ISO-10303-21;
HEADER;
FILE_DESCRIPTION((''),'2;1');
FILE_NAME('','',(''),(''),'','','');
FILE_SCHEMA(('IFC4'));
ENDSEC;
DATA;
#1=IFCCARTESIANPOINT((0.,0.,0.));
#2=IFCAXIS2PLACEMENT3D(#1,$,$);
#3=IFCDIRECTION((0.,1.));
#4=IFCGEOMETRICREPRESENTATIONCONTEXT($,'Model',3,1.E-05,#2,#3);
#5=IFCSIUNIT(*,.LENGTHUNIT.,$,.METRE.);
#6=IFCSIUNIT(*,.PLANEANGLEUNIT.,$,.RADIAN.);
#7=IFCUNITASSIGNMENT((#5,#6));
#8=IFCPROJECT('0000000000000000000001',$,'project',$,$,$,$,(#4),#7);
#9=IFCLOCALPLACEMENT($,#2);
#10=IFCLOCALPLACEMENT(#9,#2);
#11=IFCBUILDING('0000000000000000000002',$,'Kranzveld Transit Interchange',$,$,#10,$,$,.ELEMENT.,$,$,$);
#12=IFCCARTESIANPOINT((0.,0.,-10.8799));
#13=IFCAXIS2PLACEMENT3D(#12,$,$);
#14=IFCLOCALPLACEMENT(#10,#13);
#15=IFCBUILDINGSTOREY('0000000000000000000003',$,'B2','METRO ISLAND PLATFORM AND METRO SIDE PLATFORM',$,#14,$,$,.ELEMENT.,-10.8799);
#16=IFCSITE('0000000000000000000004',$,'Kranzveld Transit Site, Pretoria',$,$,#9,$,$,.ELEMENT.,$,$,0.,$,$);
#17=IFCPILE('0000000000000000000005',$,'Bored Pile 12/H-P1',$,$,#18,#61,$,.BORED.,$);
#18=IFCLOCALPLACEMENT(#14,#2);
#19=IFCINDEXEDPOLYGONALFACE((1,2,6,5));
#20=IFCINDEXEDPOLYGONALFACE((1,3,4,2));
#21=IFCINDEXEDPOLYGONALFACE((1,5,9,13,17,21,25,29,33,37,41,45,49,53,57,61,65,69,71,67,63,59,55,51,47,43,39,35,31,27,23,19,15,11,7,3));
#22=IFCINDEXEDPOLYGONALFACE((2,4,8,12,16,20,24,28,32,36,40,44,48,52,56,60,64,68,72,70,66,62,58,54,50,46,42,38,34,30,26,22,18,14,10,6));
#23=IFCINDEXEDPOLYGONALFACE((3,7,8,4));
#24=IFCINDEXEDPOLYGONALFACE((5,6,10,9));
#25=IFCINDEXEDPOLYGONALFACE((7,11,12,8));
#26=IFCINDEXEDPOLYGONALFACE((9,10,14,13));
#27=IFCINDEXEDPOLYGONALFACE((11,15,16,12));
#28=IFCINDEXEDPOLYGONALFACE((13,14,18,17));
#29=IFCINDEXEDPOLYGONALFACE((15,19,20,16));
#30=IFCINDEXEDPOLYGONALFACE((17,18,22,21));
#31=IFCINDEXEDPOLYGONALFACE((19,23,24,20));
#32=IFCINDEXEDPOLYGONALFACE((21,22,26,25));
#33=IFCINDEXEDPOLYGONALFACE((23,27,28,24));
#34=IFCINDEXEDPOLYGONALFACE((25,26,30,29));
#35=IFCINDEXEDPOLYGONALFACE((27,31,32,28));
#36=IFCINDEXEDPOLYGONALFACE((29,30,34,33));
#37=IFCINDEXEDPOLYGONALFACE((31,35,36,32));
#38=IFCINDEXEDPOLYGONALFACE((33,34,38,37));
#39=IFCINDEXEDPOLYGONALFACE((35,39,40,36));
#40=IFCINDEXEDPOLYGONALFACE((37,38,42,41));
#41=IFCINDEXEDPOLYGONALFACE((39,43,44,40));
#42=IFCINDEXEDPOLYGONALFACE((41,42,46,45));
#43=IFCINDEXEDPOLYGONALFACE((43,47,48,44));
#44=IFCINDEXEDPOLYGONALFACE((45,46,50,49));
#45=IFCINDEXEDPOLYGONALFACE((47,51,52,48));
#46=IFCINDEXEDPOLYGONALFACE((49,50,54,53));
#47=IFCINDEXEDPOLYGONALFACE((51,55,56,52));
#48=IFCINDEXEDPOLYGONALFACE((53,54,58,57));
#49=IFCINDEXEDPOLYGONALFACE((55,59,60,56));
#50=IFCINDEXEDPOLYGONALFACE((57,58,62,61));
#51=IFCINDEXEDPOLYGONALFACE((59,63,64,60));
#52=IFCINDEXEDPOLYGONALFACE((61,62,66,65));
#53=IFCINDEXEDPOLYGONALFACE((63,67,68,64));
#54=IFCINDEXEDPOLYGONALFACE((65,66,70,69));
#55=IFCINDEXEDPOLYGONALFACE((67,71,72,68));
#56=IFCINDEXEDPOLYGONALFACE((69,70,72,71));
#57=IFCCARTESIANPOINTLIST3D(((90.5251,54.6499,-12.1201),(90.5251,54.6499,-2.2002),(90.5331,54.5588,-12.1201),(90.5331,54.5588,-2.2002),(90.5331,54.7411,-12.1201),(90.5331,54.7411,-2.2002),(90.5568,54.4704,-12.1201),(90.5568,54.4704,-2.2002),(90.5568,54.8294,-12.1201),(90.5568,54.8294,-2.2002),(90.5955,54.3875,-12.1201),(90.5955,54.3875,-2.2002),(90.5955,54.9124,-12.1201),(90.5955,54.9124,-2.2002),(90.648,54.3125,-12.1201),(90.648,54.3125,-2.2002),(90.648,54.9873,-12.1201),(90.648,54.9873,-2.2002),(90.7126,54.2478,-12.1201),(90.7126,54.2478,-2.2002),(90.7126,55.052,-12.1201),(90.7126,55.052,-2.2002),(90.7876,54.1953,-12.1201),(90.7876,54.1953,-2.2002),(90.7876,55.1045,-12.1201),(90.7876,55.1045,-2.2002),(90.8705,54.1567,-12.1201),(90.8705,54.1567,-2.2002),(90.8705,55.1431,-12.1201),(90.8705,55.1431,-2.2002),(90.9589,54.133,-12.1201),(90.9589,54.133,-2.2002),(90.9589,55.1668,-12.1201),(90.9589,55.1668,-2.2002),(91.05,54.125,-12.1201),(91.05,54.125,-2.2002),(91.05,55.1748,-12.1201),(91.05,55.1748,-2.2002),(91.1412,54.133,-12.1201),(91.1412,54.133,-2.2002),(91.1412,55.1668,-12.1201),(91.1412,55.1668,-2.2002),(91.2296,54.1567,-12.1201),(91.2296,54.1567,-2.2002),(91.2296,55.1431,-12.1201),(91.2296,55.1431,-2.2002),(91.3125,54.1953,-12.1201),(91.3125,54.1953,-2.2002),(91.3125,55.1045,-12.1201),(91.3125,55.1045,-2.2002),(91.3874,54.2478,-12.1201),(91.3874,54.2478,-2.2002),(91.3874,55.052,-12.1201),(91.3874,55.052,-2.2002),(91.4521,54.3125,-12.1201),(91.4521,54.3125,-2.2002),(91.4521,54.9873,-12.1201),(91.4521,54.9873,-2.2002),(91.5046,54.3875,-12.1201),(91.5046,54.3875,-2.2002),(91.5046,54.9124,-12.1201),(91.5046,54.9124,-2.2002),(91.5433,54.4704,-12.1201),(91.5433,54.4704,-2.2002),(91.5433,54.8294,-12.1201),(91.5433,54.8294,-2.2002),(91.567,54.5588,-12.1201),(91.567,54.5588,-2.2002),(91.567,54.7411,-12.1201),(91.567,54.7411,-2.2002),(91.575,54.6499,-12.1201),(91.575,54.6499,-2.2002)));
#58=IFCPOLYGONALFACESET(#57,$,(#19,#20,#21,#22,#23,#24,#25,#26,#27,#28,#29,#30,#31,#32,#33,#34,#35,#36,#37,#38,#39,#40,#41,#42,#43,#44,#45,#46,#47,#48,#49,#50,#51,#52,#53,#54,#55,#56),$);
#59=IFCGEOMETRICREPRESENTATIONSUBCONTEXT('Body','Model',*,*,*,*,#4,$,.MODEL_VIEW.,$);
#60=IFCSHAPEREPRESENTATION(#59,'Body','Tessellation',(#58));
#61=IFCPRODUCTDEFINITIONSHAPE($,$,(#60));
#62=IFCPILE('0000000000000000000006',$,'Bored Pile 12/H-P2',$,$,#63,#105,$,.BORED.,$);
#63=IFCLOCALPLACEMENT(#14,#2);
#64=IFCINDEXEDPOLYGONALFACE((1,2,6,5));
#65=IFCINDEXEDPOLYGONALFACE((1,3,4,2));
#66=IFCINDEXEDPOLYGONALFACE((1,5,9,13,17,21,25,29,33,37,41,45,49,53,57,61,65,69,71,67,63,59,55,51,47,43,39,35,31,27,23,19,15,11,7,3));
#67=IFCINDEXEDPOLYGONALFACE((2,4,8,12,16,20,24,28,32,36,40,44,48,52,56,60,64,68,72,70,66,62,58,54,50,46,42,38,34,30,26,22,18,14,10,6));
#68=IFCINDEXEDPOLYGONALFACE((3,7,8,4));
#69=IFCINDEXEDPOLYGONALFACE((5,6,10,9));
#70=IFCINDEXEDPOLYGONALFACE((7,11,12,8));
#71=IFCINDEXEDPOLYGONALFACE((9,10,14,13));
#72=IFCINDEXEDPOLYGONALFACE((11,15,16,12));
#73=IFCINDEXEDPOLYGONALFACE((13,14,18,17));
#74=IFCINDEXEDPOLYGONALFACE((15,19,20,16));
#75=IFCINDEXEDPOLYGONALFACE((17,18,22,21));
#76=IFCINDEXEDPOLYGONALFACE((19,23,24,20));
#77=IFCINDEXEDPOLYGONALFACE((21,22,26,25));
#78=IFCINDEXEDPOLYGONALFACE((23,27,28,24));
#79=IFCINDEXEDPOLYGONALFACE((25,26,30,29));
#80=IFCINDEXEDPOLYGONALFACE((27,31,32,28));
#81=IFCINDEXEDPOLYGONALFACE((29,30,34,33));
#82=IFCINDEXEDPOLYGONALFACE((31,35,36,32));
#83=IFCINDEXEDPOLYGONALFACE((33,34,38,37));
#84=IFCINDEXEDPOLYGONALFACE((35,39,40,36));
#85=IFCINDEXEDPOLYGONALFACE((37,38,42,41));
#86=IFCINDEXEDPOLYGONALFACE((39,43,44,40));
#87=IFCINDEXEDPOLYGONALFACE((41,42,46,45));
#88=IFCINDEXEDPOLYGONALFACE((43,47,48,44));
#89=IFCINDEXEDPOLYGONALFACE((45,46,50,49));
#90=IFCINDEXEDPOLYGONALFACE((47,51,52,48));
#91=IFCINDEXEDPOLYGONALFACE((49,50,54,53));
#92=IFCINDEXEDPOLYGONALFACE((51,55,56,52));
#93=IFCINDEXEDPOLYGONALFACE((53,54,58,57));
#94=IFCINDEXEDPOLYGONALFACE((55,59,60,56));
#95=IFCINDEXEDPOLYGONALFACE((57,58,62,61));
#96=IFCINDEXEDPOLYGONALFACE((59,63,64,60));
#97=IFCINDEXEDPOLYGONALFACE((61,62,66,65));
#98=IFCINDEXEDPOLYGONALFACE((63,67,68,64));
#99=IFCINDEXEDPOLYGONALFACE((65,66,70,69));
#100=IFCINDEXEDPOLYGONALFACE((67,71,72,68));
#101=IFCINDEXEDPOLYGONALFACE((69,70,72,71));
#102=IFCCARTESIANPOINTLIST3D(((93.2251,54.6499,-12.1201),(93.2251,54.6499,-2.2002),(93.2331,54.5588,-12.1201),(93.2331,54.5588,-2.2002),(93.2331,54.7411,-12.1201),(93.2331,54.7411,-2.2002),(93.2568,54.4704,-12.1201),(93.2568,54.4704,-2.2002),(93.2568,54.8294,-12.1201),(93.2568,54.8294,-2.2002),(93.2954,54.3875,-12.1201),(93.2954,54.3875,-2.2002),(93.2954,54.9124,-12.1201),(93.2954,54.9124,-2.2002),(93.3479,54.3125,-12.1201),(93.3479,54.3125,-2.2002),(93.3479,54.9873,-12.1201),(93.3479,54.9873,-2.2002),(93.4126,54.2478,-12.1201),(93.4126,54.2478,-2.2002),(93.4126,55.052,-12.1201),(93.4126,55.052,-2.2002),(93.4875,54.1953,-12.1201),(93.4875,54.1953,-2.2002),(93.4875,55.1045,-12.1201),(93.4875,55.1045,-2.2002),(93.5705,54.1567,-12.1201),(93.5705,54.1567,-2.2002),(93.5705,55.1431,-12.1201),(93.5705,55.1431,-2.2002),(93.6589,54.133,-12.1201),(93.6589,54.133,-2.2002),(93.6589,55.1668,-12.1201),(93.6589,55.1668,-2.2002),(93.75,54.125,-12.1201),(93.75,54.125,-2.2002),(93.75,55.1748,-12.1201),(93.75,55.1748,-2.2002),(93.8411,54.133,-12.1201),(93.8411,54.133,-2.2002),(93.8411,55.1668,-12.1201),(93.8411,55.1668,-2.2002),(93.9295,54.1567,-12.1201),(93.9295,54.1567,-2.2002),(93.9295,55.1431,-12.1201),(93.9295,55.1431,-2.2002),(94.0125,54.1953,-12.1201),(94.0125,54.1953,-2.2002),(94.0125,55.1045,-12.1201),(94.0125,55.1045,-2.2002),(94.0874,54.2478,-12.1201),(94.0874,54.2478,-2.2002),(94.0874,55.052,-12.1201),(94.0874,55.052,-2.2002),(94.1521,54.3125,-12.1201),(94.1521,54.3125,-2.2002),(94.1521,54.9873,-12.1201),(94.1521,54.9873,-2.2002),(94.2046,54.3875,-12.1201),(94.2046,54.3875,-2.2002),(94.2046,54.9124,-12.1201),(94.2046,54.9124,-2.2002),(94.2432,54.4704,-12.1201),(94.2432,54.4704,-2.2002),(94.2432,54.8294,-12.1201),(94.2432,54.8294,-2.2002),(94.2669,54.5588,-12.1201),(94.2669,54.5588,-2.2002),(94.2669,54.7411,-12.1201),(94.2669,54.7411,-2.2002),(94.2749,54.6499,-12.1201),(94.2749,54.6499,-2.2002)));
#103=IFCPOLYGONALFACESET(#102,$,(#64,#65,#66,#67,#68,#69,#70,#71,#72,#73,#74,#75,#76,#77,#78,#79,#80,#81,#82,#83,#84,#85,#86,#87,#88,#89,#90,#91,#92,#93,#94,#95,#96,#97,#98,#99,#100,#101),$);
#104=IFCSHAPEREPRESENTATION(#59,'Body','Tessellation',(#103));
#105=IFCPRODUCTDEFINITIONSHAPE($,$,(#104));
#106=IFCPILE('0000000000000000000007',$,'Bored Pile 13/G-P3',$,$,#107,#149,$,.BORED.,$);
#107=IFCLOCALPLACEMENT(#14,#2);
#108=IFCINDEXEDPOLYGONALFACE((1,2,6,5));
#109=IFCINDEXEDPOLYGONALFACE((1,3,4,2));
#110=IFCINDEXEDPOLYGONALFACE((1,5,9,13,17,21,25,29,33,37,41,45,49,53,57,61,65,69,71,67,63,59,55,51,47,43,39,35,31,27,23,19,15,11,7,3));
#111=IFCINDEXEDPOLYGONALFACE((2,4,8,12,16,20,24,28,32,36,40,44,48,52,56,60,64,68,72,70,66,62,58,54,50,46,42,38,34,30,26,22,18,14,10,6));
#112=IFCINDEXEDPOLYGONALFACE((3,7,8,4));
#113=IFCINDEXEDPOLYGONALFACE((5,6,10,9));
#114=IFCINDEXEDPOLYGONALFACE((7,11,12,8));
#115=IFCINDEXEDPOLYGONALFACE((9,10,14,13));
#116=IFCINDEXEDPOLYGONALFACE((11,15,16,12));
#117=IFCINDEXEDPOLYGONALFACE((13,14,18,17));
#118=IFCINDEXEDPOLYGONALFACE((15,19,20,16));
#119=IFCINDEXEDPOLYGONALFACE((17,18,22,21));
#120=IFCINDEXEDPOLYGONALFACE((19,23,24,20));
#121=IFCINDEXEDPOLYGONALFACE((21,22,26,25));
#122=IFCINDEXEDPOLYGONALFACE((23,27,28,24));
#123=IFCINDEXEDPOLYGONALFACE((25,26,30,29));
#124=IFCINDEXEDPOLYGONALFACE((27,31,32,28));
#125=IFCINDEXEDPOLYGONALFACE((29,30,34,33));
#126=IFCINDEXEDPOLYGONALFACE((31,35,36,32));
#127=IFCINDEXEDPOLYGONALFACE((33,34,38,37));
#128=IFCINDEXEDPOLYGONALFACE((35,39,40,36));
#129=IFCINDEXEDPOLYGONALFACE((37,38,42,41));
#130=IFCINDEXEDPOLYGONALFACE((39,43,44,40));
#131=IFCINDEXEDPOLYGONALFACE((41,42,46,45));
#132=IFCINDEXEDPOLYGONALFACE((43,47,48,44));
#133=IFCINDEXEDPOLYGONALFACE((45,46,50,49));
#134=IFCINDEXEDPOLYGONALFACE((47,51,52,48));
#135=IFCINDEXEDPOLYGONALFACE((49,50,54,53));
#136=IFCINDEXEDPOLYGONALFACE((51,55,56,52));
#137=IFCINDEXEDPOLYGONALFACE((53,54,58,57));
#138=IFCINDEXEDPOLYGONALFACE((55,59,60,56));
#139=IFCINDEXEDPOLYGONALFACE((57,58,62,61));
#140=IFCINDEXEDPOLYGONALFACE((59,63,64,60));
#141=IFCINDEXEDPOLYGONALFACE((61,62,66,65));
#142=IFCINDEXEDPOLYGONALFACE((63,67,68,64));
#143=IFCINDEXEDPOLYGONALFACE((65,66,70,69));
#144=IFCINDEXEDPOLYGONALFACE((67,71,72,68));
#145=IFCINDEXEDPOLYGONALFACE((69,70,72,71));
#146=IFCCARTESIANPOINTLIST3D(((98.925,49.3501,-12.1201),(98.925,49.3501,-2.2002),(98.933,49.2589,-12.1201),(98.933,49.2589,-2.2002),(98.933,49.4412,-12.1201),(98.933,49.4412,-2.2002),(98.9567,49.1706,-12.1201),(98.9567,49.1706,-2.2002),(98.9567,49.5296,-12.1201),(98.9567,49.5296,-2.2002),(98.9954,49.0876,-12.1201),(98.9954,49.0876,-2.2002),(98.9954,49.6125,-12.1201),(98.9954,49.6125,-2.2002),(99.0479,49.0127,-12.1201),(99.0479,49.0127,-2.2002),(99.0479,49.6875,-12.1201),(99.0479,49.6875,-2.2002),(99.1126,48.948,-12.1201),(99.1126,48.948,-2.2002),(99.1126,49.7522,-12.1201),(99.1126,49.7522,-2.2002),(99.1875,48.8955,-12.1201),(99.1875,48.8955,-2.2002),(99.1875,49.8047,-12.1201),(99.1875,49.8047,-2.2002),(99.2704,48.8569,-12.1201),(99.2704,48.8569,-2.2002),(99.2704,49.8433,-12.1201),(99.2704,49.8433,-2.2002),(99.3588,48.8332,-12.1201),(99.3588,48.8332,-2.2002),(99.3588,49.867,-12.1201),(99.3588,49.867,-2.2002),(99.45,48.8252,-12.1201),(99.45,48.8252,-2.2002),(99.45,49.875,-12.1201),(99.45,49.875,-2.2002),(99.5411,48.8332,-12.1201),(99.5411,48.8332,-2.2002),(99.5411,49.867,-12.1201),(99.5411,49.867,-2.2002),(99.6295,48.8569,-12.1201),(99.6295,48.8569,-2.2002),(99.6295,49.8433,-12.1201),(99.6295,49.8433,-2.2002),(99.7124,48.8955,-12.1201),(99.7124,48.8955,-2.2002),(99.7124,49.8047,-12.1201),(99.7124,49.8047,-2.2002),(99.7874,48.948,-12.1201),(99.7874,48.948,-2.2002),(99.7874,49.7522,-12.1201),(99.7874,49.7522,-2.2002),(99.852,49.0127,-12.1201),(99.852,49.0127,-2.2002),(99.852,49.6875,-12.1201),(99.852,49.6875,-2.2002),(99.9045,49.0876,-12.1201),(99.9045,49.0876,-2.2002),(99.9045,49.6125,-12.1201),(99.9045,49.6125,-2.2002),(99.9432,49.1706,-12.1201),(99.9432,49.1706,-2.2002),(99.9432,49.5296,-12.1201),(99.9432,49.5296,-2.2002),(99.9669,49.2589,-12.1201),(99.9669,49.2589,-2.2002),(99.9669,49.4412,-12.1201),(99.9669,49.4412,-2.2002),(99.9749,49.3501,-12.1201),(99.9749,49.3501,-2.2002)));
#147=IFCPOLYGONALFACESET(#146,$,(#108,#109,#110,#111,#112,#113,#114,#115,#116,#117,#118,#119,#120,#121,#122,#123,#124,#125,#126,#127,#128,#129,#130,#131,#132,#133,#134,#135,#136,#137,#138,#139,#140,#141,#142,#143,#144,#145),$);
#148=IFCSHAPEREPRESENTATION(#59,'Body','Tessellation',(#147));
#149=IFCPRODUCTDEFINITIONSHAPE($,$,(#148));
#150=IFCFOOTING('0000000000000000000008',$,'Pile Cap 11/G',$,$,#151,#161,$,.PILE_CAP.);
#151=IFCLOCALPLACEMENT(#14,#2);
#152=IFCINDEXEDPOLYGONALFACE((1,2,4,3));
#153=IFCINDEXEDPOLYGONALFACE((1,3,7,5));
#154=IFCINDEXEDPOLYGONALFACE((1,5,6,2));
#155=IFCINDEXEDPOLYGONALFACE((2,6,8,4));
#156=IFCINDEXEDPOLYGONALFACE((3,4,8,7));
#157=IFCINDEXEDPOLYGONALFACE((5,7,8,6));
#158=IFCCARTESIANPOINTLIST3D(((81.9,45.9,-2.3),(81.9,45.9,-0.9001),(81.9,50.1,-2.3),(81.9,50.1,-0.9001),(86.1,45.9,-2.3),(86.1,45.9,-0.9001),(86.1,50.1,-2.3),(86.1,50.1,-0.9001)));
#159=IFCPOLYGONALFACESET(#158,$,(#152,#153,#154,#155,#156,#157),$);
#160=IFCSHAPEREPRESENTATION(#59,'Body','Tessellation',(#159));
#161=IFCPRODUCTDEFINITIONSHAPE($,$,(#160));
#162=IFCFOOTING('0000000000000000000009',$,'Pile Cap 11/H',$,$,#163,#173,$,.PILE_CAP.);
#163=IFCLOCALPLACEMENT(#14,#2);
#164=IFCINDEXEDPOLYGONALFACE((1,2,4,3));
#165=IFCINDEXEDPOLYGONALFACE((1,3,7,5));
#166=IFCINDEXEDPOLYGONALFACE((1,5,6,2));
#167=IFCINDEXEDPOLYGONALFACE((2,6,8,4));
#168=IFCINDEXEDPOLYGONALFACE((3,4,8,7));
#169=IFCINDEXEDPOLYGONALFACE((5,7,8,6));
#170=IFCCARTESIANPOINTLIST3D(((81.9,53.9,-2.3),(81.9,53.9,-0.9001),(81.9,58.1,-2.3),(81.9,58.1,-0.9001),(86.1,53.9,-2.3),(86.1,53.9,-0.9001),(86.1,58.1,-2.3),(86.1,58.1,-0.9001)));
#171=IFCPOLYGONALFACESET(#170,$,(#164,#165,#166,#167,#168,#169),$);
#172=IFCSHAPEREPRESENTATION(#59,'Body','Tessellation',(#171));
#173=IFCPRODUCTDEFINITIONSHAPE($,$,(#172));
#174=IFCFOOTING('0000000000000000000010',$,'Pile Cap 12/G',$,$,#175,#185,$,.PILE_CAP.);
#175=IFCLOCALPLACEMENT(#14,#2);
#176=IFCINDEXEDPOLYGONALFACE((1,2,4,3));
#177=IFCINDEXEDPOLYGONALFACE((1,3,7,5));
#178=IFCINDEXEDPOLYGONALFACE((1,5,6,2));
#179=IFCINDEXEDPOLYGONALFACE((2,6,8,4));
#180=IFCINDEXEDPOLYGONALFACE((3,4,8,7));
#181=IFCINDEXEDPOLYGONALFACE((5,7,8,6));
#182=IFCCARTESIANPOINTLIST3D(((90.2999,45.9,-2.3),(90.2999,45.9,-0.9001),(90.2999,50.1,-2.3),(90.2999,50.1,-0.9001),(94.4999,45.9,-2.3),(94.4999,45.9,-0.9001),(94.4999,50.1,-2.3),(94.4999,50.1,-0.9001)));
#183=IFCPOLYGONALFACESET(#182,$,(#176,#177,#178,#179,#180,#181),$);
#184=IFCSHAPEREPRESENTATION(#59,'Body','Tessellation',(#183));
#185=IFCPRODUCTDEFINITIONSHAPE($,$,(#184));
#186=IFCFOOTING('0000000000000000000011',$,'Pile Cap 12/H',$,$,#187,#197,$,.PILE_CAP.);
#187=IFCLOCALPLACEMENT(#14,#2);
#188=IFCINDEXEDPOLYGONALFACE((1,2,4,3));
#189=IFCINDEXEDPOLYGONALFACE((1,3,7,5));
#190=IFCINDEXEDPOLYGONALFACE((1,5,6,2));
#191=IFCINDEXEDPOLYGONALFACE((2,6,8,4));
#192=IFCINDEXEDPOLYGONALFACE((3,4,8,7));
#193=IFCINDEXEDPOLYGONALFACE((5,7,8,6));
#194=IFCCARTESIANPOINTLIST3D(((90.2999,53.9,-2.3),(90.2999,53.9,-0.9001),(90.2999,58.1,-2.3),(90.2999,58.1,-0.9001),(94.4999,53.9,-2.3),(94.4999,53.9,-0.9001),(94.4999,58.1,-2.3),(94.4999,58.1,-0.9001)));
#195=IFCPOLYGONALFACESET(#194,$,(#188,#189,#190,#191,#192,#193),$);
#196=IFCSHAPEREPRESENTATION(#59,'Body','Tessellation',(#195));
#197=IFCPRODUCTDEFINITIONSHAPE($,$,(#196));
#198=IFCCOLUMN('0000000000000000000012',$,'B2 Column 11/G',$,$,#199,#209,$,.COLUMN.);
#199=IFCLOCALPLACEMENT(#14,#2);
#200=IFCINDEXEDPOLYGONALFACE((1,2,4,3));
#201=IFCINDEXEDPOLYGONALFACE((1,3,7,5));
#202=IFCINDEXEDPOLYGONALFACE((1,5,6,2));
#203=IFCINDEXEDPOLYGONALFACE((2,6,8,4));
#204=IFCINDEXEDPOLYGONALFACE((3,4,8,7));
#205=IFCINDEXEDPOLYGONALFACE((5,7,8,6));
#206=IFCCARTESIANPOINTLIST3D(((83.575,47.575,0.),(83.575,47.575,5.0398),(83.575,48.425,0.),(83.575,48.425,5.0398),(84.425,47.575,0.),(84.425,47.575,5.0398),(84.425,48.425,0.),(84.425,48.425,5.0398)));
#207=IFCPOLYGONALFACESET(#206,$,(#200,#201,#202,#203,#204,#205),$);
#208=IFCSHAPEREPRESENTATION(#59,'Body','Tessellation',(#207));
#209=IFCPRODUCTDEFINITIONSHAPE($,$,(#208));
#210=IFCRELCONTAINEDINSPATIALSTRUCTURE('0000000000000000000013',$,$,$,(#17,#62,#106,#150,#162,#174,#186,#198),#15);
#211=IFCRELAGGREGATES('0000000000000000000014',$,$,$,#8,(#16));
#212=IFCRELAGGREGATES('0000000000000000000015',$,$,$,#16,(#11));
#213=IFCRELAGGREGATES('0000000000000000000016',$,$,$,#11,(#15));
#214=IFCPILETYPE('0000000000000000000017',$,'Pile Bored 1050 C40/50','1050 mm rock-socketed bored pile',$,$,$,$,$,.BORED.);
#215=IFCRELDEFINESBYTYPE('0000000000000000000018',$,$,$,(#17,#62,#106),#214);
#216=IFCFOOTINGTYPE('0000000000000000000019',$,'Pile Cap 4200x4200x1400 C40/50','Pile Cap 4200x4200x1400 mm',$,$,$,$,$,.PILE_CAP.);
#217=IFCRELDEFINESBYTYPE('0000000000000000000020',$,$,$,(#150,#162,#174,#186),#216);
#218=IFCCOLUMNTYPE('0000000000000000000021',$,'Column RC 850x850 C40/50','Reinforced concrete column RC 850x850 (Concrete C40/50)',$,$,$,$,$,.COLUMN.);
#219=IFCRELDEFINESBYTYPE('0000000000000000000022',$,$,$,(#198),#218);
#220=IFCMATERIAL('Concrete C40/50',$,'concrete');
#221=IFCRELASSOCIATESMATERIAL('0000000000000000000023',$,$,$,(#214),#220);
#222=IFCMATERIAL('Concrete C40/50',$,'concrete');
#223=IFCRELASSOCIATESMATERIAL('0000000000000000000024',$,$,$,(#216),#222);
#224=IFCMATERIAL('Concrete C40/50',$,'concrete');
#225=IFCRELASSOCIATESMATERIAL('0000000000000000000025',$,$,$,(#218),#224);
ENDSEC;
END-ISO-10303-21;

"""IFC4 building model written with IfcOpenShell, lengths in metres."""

from ifc_helpers import new_model, si_unit, direction, frame, origin, origin_2d, place, context, subcontext, project, spatial, rectangle, circle, extrude, material, material_profile, profile_set, type_object, element, save


model = new_model("IFC4")

# Units and contexts
model_context = context("Model", 3, precision=1e-05, world=origin(), true_north=direction((0.0, 1.0)))
body_context = subcontext(model_context, "Body", "Model", "MODEL_VIEW")
ifc_project = project(units=[si_unit("LENGTHUNIT", "METRE"), si_unit("PLANEANGLEUNIT", "RADIAN")], contexts=[model_context])

# Site, building, storey
site_placement = place(None, origin())
site = spatial("IfcSite", under=ifc_project, at=site_placement, Name="Kranzveld Transit Site, Pretoria", CompositionType="ELEMENT", RefElevation=0.0)
building_placement = place(site_placement, origin())
building = spatial("IfcBuilding", under=site, at=building_placement, Name="Kranzveld Transit Interchange", CompositionType="ELEMENT")
storey_placement = place(building_placement, frame((0.0, 0.0, -10.8799)))
storey = spatial("IfcBuildingStorey", under=building, at=storey_placement, Name="B2", Description="METRO ISLAND PLATFORM AND METRO SIDE PLATFORM", CompositionType="ELEMENT", Elevation=-10.8799)

# Piles
ifc_material_1 = material(Name="Concrete C40/50", Category="concrete")
ifc_material_profile_1 = material_profile(ifc_material_1, circle(Radius=0.5249, at=origin_2d()), Name="BORED PILE 1050")
ifc_profile_set_1 = profile_set([ifc_material_profile_1], Name="Concrete C40/50")
pile_type = type_object("IfcPileType", Name="Pile Bored 1050 C40/50", Description="1050 mm rock-socketed bored pile", PredefinedType="BORED", material=ifc_profile_set_1)
for number, where, z_axis, x_axis, name in (
    (1, (91.05, 54.6499, -2.2002), (0.0, 0.0, -1.0), (1.0, 0.0, 0.0), "Bored Pile 12/H-P1"),
    (2, (93.75, 54.6499, -2.2002), (0.0, 0.0, -1.0), (1.0, 0.0, 0.0), "Bored Pile 12/H-P2"),
    (3, (99.45, 49.3501, -2.2002), (0.0, 0.0, -1.0), (1.0, 0.0, 0.0), "Bored Pile 13/G-P3"),
):
    element("IfcPile", number, at=place(storey_placement, frame(where, z_axis=z_axis, x_axis=x_axis)), inside=storey, type_object=pile_type, Name=name, PredefinedType="BORED", context=body_context, shape_type="SweptSolid", body=[
        extrude(circle(Radius=0.5249, at=origin_2d()), origin(), (0.0, 0.0, 1.0), 9.9199),
    ])

# Footings
ifc_material_2 = material(Name="Concrete C40/50", Category="concrete")
footing_type = type_object("IfcFootingType", Name="Pile Cap 4200x4200x1400 C40/50", Description="Pile Cap 4200x4200x1400 mm", PredefinedType="PILE_CAP", material=ifc_material_2)
for number, where, z_axis, x_axis, name in (
    (4, (84.0, 48.0, -2.3), (0.0, 0.0, 1.0), (1.0, 0.0, 0.0), "Pile Cap 11/G"),
    (5, (84.0, 56.0, -2.3), (0.0, 0.0, 1.0), (1.0, 0.0, 0.0), "Pile Cap 11/H"),
    (6, (92.3999, 48.0, -2.3), (0.0, 0.0, 1.0), (1.0, 0.0, 0.0), "Pile Cap 12/G"),
    (7, (92.3999, 56.0, -2.3), (0.0, 0.0, 1.0), (1.0, 0.0, 0.0), "Pile Cap 12/H"),
):
    element("IfcFooting", number, at=place(storey_placement, frame(where, z_axis=z_axis, x_axis=x_axis)), inside=storey, type_object=footing_type, Name=name, PredefinedType="PILE_CAP", context=body_context, shape_type="SweptSolid", body=[
        extrude(rectangle(XDim=4.2, YDim=4.2, at=origin_2d()), origin(), (0.0, 0.0, 1.0), 1.3999),
    ])

# Column
ifc_material_3 = material(Name="Concrete C40/50", Category="concrete")
ifc_material_profile_2 = material_profile(ifc_material_3, rectangle(XDim=0.8501, YDim=0.8501, at=origin_2d()), Name="RC 850x850")
ifc_profile_set_2 = profile_set([ifc_material_profile_2], Name="Concrete C40/50")
column_type = type_object("IfcColumnType", Name="Column RC 850x850 C40/50", Description="Reinforced concrete column RC 850x850 (Concrete C40/50)", PredefinedType="COLUMN", material=ifc_profile_set_2)
for number, where, z_axis, x_axis, name in (
    (8, (84.0, 48.0, 0.0), (0.0, 0.0, 1.0), (1.0, 0.0, 0.0), "B2 Column 11/G"),
):
    element("IfcColumn", number, at=place(storey_placement, frame(where, z_axis=z_axis, x_axis=x_axis)), inside=storey, type_object=column_type, Name=name, PredefinedType="COLUMN", context=body_context, shape_type="SweptSolid", body=[
        extrude(rectangle(XDim=0.8501, YDim=0.8501, at=origin_2d()), origin(), (0.0, 0.0, 1.0), 5.0398),
    ])

save(model, "model.ifc")
